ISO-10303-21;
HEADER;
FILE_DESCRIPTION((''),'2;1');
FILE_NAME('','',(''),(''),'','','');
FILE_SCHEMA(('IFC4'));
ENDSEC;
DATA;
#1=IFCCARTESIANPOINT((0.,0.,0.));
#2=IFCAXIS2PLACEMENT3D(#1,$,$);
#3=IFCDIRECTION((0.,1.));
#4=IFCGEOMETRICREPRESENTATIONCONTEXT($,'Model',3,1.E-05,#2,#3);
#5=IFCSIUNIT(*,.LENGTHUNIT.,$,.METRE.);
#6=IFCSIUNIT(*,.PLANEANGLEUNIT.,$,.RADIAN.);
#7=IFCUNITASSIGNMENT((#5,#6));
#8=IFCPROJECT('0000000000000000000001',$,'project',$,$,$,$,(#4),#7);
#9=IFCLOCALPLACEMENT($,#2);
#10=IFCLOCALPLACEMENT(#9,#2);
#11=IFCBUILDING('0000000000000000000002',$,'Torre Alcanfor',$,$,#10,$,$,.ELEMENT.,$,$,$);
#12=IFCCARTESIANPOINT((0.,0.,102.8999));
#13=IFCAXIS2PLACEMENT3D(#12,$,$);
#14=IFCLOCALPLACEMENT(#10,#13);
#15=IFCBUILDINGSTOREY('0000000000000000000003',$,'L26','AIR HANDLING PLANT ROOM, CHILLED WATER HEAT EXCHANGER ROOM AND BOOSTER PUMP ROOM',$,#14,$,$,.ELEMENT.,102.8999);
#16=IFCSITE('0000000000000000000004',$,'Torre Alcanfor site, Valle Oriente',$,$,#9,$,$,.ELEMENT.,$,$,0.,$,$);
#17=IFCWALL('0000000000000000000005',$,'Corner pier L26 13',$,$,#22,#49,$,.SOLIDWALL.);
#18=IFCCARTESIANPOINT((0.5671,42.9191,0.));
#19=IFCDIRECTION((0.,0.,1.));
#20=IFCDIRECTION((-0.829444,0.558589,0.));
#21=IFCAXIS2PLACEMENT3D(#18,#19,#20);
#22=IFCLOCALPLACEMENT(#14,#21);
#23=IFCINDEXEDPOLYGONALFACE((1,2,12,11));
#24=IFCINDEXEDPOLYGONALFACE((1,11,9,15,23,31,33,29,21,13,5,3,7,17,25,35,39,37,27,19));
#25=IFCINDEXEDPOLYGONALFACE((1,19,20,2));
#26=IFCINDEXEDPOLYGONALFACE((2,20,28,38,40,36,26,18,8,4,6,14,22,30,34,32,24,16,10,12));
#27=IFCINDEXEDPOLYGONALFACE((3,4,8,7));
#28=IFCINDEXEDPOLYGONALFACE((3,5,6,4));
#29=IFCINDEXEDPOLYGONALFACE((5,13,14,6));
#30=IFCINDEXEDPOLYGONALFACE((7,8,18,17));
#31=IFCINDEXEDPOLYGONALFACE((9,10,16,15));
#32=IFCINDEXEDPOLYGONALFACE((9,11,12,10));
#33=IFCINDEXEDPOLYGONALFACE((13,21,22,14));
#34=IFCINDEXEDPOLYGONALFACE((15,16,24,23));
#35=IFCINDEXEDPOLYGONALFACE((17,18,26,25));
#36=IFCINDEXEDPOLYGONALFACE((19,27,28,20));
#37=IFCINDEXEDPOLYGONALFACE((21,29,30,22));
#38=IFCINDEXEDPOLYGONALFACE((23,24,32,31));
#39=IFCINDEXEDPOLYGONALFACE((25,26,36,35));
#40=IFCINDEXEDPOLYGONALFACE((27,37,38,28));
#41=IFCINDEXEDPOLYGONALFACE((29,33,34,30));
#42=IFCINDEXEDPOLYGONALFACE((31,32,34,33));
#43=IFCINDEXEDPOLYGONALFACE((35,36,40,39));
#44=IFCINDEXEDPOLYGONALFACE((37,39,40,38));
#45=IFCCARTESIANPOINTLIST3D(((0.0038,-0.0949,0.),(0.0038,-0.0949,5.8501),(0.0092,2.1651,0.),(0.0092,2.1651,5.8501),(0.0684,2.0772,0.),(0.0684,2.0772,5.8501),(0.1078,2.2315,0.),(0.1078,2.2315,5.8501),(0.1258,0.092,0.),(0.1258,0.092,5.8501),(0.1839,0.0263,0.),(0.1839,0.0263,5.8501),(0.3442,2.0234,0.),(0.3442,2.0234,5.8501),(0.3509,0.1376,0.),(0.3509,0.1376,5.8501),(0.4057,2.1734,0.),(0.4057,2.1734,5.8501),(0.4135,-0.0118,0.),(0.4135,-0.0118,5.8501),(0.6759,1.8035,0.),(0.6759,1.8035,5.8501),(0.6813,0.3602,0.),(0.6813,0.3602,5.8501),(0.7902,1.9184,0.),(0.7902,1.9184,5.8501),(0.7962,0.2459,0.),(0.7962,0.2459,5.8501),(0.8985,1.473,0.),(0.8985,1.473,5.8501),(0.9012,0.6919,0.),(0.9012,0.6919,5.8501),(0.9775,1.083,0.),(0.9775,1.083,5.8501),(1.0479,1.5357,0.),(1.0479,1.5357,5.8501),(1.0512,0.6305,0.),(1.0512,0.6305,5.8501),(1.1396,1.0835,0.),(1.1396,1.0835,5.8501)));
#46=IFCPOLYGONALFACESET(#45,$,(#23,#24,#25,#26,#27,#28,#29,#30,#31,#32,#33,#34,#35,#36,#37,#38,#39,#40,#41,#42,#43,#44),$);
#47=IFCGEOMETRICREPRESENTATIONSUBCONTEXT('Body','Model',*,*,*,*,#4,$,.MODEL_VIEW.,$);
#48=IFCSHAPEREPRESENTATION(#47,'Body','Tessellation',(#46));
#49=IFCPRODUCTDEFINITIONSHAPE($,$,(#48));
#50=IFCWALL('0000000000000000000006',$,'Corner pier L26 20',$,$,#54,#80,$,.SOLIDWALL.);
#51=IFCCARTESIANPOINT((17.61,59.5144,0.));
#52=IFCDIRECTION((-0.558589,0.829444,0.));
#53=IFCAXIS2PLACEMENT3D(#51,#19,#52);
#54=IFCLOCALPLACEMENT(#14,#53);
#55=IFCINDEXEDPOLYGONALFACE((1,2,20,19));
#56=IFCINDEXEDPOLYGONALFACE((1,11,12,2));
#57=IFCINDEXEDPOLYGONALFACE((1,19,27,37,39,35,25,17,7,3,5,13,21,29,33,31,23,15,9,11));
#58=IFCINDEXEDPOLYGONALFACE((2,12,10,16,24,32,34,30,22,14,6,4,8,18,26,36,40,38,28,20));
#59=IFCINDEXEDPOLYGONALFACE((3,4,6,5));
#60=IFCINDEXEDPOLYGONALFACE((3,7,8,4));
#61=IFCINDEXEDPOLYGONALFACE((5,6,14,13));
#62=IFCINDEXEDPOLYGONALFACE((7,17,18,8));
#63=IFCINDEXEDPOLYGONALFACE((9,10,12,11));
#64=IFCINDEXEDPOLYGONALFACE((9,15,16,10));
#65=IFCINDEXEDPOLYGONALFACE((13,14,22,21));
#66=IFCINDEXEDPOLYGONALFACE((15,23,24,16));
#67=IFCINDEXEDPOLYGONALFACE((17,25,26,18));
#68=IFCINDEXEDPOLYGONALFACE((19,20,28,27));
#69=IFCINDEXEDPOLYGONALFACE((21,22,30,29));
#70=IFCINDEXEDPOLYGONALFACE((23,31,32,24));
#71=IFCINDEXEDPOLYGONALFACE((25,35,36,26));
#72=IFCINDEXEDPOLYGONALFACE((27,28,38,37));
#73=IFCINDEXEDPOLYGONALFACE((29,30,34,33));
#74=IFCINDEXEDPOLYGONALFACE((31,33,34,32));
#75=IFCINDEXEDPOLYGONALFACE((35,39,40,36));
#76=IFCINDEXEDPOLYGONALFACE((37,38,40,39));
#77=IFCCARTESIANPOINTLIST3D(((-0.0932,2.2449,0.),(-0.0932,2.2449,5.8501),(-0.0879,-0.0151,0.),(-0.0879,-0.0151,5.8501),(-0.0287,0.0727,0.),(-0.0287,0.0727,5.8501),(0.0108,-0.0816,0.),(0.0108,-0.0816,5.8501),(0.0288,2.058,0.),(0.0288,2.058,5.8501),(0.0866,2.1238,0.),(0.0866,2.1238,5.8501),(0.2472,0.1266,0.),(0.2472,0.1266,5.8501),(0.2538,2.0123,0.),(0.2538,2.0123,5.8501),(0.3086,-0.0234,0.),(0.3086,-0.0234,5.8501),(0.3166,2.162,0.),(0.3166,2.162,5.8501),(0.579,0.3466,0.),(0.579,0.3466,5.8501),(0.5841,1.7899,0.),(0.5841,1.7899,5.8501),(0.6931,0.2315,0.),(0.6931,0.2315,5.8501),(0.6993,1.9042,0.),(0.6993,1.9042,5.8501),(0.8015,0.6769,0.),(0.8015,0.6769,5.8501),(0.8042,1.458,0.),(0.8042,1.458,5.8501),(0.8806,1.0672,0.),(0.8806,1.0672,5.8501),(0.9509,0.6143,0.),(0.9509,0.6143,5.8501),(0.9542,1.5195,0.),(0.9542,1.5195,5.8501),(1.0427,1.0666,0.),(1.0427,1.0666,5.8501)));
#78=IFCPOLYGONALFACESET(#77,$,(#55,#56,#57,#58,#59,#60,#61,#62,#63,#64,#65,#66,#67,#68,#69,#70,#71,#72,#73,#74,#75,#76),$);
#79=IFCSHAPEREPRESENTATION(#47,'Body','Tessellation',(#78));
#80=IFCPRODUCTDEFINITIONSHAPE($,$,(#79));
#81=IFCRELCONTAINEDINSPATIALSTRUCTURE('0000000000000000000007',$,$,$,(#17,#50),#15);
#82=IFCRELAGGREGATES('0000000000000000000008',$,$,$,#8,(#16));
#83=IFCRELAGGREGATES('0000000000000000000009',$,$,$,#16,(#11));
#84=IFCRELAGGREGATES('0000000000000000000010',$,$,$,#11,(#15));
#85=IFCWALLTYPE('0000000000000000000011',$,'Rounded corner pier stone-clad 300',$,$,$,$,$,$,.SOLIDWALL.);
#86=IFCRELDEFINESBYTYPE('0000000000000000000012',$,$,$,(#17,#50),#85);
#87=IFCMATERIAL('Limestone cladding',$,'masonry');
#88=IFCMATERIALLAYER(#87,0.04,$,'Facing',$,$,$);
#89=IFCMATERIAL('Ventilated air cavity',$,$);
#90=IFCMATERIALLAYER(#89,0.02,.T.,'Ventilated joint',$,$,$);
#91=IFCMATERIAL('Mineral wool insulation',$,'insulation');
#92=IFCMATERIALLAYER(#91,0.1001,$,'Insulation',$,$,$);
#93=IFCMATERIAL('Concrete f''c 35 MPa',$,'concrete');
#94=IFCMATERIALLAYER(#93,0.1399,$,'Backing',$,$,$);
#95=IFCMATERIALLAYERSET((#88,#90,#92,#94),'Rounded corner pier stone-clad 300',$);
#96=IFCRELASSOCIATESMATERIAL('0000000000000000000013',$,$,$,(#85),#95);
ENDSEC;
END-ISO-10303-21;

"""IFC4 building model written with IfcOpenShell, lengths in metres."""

from ifc_helpers import new_model, si_unit, direction, frame, origin, place, context, subcontext, project, spatial, polyline, outline, extrude, material, layer, layer_set, type_object, element, save


model = new_model("IFC4")

# Units and contexts
model_context = context("Model", 3, precision=1e-05, world=origin(), true_north=direction((0.0, 1.0)))
body_context = subcontext(model_context, "Body", "Model", "MODEL_VIEW")
ifc_project = project(units=[si_unit("LENGTHUNIT", "METRE"), si_unit("PLANEANGLEUNIT", "RADIAN")], contexts=[model_context])

# Site, building, storey
site_placement = place(None, origin())
site = spatial("IfcSite", under=ifc_project, at=site_placement, Name="Torre Alcanfor site, Valle Oriente", CompositionType="ELEMENT", RefElevation=0.0)
building_placement = place(site_placement, origin())
building = spatial("IfcBuilding", under=site, at=building_placement, Name="Torre Alcanfor", CompositionType="ELEMENT")
storey_placement = place(building_placement, frame((0.0, 0.0, 102.8999)))
storey = spatial("IfcBuildingStorey", under=building, at=storey_placement, Name="L26", Description="AIR HANDLING PLANT ROOM, CHILLED WATER HEAT EXCHANGER ROOM AND BOOSTER PUMP ROOM", CompositionType="ELEMENT", Elevation=102.8999)

# Walls
ifc_material_1 = material(Name="Limestone cladding", Category="masonry")
ifc_material_2 = material(Name="Ventilated air cavity")
ifc_material_3 = material(Name="Mineral wool insulation", Category="insulation")
ifc_material_4 = material(Name="Concrete f'c 35 MPa", Category="concrete")
ifc_layer_1 = layer(ifc_material_1, 0.04, Name="Facing")
ifc_layer_2 = layer(ifc_material_2, 0.02, ventilated=True, Name="Ventilated joint")
ifc_layer_3 = layer(ifc_material_3, 0.1001, Name="Insulation")
ifc_layer_4 = layer(ifc_material_4, 0.1399, Name="Backing")
ifc_layer_set_1 = layer_set([ifc_layer_1, ifc_layer_2, ifc_layer_3, ifc_layer_4], Name="Rounded corner pier stone-clad 300")
wall_type_1 = type_object("IfcWallType", Name="Rounded corner pier stone-clad 300", PredefinedType="SOLIDWALL", material=ifc_layer_set_1)
wall_1_placement = place(storey_placement, frame((0.5671, 42.9191, 0.0), z_axis=(0.0, 0.0, 1.0), x_axis=(-0.829444, 0.558589, 0.0)))
element("IfcWall", 1, at=wall_1_placement, inside=storey, type_object=wall_type_1, Name="Corner pier L26 13", PredefinedType="SOLIDWALL", context=body_context, shape_type="SweptSolid", body=[
    extrude(outline(polyline([(0.0038, -0.0949), (0.4135, -0.0118), (0.7962, 0.2459), (1.0512, 0.6305), (1.1396, 1.0835), (1.0479, 1.5357), (0.7902, 1.9184), (0.4057, 2.1734), (0.1078, 2.2315), (0.0092, 2.1651), (0.0684, 2.0772), (0.3442, 2.0234), (0.6759, 1.8035), (0.8985, 1.473), (0.9775, 1.083), (0.9012, 0.6919), (0.6813, 0.3602), (0.3509, 0.1376), (0.1258, 0.092), (0.1839, 0.0263), (0.0038, -0.0949)])), origin(), (0.0, 0.0, 1.0), 5.8501),
])
wall_2_placement = place(storey_placement, frame((17.61, 59.5144, 0.0), z_axis=(0.0, 0.0, 1.0), x_axis=(-0.558589, 0.829444, 0.0)))
element("IfcWall", 2, at=wall_2_placement, inside=storey, type_object=wall_type_1, Name="Corner pier L26 20", PredefinedType="SOLIDWALL", context=body_context, shape_type="SweptSolid", body=[
    extrude(outline(polyline([(0.0108, -0.0816), (0.3086, -0.0234), (0.6931, 0.2315), (0.9509, 0.6143), (1.0427, 1.0666), (0.9542, 1.5195), (0.6993, 1.9042), (0.3166, 2.162), (-0.0932, 2.2449), (0.0866, 2.1238), (0.0288, 2.058), (0.2538, 2.0123), (0.5841, 1.7899), (0.8042, 1.458), (0.8806, 1.0672), (0.8015, 0.6769), (0.579, 0.3466), (0.2472, 0.1266), (-0.0287, 0.0727), (-0.0879, -0.0151), (0.0108, -0.0816)])), origin(), (0.0, 0.0, 1.0), 5.8501),
])

save(model, "model.ifc")
